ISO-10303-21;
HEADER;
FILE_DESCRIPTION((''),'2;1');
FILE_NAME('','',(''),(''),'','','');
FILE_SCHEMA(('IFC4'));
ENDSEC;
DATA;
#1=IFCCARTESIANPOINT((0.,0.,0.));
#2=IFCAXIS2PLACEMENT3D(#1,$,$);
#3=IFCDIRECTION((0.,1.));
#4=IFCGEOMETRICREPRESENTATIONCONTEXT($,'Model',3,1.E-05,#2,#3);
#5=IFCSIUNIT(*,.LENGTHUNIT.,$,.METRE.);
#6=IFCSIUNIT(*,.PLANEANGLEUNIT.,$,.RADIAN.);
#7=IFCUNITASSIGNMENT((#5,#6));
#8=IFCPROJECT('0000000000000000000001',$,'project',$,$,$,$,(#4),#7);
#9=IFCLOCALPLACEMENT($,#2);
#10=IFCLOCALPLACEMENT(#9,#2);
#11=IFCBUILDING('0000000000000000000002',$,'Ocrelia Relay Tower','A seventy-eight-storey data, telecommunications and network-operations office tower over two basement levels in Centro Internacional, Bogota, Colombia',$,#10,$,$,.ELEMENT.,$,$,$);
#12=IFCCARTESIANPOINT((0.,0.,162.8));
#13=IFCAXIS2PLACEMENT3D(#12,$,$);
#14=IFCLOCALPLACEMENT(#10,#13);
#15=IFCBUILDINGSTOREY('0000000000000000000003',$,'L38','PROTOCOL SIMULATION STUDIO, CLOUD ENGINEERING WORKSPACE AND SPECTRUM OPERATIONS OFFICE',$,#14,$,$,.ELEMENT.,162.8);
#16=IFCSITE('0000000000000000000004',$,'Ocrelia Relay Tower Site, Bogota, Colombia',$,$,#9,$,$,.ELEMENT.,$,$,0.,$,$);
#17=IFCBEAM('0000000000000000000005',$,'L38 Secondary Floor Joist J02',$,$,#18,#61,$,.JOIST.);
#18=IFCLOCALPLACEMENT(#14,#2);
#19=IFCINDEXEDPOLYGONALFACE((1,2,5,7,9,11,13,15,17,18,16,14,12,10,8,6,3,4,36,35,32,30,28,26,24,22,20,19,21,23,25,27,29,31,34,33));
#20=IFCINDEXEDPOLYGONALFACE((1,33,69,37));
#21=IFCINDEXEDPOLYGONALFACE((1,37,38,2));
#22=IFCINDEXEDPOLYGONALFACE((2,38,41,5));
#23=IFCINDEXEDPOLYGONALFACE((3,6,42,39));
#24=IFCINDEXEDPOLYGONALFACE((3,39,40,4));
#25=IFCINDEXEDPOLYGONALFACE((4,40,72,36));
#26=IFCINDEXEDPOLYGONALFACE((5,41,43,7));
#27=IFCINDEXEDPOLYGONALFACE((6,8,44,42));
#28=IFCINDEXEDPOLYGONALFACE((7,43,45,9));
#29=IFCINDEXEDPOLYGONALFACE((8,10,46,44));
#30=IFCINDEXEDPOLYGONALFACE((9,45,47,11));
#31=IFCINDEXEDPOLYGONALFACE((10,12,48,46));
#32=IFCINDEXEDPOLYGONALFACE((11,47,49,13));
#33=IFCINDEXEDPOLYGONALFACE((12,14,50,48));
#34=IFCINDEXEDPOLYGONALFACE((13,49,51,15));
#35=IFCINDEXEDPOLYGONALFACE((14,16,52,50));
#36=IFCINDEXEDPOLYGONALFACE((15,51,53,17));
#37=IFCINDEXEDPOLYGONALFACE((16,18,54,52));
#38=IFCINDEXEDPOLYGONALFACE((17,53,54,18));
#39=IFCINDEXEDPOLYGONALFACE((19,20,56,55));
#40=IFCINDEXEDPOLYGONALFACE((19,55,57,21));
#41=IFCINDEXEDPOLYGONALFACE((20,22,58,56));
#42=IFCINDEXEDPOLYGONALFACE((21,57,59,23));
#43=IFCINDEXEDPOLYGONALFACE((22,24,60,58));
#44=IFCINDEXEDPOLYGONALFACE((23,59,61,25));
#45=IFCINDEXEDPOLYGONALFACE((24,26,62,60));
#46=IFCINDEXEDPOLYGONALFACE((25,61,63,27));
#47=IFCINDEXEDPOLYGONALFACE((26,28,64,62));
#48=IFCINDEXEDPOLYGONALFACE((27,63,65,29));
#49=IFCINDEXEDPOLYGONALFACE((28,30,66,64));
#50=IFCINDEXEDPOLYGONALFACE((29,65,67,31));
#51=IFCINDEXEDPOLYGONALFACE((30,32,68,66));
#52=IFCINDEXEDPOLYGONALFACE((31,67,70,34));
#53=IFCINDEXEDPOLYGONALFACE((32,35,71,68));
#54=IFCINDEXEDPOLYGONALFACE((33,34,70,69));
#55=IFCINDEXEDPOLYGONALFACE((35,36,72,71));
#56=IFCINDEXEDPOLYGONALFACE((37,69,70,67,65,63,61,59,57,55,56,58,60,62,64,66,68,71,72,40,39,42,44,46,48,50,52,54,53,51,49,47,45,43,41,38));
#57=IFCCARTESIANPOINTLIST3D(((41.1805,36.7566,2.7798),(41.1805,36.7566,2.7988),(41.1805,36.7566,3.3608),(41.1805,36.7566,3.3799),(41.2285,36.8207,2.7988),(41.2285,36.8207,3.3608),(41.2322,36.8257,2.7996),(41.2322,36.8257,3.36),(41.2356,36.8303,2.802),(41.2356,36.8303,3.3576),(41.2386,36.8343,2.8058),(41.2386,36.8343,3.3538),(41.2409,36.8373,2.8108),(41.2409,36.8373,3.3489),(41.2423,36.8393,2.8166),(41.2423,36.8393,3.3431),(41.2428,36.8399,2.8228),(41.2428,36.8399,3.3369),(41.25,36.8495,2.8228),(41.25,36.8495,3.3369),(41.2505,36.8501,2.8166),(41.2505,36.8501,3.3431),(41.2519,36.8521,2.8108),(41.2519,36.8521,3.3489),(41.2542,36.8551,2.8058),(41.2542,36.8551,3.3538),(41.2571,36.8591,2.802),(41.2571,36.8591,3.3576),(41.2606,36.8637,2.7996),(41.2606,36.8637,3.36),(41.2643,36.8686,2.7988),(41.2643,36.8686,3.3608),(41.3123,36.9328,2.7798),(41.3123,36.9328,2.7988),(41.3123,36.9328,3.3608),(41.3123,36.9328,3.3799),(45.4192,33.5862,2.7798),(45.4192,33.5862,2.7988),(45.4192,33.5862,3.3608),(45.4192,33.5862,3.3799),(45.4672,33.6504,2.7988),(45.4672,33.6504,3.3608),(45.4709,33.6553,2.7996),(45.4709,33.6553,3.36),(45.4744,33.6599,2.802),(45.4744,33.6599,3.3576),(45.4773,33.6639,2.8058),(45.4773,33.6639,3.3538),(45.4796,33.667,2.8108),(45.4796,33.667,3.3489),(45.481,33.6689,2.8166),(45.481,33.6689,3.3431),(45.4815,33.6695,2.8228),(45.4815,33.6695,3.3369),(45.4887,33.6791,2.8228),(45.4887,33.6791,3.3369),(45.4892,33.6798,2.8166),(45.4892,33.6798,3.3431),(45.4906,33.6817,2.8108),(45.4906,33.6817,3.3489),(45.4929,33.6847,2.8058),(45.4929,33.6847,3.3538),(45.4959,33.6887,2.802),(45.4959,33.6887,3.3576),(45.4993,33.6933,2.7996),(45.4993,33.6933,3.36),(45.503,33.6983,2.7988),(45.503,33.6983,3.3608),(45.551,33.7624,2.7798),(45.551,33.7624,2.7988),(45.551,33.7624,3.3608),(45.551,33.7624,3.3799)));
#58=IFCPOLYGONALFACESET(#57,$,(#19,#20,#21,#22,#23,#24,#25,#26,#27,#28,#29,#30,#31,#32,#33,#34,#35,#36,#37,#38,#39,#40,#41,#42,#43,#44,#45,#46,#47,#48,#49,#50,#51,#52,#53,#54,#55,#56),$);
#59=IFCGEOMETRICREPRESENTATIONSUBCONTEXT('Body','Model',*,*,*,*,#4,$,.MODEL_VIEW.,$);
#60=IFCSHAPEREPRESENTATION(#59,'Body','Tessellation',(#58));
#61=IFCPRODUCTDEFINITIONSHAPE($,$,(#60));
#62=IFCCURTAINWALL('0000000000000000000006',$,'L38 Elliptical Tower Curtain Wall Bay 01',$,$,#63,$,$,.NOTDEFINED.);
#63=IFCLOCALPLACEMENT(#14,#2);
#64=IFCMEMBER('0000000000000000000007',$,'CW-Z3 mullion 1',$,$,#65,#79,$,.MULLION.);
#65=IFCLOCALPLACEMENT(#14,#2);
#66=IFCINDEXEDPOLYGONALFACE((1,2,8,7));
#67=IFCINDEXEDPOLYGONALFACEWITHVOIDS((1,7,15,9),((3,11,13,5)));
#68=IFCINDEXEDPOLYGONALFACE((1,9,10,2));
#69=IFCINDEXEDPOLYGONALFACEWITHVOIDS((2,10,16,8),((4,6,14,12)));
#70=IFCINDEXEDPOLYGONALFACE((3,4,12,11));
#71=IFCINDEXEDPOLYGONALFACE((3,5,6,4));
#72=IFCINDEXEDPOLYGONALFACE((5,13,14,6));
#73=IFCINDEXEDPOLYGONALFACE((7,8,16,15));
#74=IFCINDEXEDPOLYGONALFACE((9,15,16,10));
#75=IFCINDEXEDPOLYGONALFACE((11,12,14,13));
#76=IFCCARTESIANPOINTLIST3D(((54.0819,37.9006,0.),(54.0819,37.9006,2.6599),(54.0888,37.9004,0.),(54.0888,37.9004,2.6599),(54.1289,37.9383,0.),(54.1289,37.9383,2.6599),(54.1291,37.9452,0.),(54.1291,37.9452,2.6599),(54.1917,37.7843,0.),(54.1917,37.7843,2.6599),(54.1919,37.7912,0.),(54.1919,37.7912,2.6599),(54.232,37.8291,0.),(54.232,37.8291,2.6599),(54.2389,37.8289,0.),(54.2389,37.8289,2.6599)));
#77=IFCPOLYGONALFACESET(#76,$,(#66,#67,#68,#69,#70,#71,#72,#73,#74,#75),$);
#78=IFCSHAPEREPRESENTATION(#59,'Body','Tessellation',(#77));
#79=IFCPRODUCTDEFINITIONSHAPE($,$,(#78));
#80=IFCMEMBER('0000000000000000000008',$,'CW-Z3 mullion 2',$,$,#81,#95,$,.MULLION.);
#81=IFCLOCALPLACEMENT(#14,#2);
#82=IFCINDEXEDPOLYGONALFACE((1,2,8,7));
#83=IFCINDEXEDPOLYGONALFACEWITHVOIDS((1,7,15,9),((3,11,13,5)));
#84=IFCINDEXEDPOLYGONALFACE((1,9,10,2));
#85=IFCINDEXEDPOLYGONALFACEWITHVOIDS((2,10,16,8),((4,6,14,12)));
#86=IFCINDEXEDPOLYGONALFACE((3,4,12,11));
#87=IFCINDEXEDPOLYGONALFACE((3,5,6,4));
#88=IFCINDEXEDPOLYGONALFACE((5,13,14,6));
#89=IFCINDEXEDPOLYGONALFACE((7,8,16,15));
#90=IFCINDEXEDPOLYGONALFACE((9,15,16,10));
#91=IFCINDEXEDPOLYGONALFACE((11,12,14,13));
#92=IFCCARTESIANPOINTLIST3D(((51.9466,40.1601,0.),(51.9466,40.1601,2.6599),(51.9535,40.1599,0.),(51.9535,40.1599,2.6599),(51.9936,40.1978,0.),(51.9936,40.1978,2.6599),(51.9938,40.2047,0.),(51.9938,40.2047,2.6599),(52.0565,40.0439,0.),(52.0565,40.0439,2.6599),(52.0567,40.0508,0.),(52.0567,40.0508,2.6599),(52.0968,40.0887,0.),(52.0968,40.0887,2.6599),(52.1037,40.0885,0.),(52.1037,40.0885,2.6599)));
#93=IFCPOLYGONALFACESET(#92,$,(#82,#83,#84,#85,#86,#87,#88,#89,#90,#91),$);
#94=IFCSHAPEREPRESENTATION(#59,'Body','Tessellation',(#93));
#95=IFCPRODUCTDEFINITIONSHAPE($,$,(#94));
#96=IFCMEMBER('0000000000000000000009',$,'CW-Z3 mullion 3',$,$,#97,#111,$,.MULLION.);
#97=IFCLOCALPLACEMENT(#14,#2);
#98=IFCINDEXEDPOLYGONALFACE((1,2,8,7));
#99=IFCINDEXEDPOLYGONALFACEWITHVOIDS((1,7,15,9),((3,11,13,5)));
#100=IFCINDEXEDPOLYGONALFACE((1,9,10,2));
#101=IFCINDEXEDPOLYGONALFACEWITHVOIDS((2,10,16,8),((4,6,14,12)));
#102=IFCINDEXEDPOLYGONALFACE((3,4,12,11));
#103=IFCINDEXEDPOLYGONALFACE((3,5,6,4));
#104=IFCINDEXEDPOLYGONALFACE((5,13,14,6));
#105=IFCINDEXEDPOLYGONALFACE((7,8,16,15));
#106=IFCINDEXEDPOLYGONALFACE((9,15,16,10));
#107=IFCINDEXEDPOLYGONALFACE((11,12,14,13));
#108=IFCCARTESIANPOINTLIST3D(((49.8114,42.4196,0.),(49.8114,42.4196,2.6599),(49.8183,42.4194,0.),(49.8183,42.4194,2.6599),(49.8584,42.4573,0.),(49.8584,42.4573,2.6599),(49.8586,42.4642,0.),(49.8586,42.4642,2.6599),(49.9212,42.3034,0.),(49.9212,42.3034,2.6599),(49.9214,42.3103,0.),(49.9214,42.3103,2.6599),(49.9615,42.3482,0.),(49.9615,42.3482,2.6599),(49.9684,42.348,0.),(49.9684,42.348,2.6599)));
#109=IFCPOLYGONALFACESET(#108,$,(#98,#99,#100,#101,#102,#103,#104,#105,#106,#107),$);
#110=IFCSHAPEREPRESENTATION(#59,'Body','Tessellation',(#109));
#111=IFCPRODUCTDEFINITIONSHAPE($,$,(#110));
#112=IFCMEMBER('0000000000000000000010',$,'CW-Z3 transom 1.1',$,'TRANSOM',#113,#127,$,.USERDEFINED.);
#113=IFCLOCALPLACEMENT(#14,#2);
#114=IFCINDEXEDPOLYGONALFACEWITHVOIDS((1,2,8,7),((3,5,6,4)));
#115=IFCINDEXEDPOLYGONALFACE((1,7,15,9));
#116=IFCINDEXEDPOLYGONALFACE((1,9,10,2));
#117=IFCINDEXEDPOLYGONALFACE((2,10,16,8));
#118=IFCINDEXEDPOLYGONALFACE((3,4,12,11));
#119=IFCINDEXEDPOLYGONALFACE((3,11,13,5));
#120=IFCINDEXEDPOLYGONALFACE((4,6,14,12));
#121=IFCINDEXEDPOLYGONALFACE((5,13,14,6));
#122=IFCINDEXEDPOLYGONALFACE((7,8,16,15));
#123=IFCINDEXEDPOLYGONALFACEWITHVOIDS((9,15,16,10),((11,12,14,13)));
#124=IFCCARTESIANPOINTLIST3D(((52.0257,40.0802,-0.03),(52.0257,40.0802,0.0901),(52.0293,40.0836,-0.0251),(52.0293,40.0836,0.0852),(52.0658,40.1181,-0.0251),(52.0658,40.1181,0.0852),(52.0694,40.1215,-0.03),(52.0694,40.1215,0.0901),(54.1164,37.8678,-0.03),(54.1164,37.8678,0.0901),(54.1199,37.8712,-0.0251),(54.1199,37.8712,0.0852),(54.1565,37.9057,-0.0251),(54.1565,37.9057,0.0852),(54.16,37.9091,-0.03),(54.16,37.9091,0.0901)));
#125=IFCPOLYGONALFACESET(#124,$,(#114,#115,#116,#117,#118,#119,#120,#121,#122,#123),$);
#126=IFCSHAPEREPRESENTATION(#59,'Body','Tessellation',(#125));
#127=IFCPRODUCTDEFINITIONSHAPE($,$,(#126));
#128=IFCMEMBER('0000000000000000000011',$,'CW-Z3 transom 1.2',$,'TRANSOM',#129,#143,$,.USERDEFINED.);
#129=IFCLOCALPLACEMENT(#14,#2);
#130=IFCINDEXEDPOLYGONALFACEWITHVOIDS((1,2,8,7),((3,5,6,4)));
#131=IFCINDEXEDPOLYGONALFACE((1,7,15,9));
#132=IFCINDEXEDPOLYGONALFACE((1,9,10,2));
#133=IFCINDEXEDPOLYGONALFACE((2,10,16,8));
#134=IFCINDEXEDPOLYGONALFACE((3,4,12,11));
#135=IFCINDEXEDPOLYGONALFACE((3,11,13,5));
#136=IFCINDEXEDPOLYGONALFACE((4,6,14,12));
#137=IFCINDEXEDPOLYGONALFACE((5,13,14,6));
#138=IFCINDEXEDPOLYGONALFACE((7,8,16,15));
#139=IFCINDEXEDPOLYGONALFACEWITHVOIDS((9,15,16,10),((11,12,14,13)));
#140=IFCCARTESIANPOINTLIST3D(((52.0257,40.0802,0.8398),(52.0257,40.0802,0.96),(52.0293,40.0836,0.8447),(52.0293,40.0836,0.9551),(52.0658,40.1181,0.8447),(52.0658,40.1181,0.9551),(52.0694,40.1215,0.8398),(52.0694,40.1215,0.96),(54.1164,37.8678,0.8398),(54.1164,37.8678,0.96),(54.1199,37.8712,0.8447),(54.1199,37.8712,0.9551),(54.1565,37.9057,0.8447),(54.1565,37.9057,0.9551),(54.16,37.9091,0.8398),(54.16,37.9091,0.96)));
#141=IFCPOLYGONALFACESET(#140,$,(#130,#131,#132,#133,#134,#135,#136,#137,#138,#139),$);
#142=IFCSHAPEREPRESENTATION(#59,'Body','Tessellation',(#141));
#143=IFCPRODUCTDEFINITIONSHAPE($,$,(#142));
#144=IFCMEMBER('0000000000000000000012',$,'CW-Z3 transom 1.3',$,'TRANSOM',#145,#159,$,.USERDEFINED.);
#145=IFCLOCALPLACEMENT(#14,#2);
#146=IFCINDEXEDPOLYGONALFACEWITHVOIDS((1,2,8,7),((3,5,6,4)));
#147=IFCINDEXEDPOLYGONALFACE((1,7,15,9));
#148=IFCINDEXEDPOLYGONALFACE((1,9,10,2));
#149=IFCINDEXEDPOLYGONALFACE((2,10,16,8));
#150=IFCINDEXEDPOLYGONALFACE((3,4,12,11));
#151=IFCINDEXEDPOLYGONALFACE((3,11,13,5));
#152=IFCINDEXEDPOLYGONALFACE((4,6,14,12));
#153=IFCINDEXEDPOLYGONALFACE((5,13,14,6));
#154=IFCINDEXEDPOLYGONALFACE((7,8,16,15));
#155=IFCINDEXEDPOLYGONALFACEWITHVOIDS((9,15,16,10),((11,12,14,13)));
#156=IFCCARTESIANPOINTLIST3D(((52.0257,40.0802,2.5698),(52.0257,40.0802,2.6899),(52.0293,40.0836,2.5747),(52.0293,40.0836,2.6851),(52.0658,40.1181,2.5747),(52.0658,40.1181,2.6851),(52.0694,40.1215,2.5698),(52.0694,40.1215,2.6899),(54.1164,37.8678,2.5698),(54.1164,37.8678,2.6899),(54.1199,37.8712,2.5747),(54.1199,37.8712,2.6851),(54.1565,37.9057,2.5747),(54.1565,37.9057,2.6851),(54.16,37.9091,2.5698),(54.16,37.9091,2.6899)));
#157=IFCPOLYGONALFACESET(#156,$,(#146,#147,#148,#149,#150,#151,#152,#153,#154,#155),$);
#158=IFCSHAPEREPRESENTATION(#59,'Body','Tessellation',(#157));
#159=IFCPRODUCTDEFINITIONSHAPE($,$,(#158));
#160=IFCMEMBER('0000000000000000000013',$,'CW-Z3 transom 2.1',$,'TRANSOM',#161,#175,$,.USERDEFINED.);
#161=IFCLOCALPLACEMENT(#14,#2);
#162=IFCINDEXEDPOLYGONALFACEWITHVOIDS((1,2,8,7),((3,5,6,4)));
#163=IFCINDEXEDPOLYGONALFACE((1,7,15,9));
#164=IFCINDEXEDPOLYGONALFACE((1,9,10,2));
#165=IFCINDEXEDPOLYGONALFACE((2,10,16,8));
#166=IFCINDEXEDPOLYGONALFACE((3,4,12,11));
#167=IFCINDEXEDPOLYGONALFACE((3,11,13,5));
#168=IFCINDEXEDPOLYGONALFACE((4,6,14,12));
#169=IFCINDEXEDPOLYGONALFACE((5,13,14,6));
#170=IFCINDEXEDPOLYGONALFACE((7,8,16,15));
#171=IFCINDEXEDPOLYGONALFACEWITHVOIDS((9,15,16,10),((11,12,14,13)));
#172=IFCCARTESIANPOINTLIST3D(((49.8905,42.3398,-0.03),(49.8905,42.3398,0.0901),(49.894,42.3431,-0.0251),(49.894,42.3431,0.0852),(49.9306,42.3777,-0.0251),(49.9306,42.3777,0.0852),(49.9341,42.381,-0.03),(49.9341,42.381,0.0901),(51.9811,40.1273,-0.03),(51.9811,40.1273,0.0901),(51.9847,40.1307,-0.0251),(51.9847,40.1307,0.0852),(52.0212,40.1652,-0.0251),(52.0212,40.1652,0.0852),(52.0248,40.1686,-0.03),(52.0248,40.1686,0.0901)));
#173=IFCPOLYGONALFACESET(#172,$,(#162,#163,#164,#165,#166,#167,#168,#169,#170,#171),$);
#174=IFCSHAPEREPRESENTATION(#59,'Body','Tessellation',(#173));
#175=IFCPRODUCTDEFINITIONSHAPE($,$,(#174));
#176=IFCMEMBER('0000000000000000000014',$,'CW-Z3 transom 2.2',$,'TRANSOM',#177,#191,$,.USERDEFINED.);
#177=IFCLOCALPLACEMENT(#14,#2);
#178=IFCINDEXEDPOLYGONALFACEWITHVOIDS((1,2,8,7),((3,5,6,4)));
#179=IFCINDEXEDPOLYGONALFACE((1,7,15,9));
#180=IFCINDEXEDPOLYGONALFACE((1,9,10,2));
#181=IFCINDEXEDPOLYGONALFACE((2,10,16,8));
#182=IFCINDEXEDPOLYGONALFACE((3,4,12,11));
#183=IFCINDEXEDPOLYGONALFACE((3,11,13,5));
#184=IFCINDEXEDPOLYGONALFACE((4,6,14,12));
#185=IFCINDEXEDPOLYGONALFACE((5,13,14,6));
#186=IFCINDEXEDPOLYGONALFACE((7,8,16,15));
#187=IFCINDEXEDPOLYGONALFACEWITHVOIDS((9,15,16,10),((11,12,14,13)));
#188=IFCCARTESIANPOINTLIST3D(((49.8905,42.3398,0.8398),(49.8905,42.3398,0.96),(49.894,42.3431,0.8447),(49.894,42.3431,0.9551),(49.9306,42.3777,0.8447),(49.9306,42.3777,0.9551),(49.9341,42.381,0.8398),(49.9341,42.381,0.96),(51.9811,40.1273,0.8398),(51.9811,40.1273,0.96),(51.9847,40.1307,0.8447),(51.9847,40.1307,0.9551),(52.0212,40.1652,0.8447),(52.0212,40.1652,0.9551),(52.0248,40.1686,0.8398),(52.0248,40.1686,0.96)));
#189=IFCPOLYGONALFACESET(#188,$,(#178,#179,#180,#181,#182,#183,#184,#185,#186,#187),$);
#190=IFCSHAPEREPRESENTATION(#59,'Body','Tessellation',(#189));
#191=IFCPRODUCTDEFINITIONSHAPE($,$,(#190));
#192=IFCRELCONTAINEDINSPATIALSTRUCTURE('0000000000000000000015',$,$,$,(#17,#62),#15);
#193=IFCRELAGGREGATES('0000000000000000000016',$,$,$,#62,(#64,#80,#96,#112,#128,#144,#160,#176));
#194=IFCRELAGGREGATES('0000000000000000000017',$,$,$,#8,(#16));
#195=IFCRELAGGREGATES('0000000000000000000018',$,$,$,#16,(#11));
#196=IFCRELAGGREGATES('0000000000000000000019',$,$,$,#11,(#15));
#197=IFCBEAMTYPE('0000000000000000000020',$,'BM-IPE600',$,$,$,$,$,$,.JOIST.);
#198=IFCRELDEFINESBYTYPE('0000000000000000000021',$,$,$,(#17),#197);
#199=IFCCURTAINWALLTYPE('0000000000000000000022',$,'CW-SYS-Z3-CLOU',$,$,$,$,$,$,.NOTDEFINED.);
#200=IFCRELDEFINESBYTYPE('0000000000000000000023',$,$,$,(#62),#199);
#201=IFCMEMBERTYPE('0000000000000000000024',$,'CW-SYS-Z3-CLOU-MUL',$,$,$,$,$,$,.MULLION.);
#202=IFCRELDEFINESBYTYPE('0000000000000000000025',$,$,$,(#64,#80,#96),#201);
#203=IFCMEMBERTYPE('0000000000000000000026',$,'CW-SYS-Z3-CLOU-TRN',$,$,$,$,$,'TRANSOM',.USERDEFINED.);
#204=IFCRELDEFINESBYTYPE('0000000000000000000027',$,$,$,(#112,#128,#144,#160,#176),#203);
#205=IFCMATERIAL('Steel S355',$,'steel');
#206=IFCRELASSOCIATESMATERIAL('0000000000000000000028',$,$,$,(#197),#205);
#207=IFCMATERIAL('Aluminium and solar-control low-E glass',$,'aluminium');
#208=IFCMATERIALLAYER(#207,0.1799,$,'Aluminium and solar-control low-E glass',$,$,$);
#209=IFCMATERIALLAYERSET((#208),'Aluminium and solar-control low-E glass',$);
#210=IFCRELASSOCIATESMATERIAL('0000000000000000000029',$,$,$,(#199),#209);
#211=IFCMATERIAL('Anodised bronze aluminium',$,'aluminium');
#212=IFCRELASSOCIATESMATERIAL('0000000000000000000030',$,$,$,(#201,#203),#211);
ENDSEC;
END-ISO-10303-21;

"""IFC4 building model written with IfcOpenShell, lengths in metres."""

from ifc_helpers import new_model, si_unit, direction, frame, origin, origin_2d, place, context, subcontext, project, spatial, hollow_rectangle, i_section, extrude, material, layer, layer_set, material_profile, profile_set, type_object, element, aggregate, save


model = new_model("IFC4")

# Units and contexts
model_context = context("Model", 3, precision=1e-05, world=origin(), true_north=direction((0.0, 1.0)))
body_context = subcontext(model_context, "Body", "Model", "MODEL_VIEW")
ifc_project = project(units=[si_unit("LENGTHUNIT", "METRE"), si_unit("PLANEANGLEUNIT", "RADIAN")], contexts=[model_context])

# Site, building, storey
site_placement = place(None, origin())
site = spatial("IfcSite", under=ifc_project, at=site_placement, Name="Ocrelia Relay Tower Site, Bogota, Colombia", CompositionType="ELEMENT", RefElevation=0.0)
building_placement = place(site_placement, origin())
building = spatial("IfcBuilding", under=site, at=building_placement, Name="Ocrelia Relay Tower", Description="A seventy-eight-storey data, telecommunications and network-operations office tower over two basement levels in Centro Internacional, Bogota, Colombia", CompositionType="ELEMENT")
storey_placement = place(building_placement, frame((0.0, 0.0, 162.8)))
storey = spatial("IfcBuildingStorey", under=building, at=storey_placement, Name="L38", Description="PROTOCOL SIMULATION STUDIO, CLOUD ENGINEERING WORKSPACE AND SPECTRUM OPERATIONS OFFICE", CompositionType="ELEMENT", Elevation=162.8)

# Beam
ifc_material_1 = material(Name="Steel S355", Category="steel")
ifc_material_profile_1 = material_profile(ifc_material_1, i_section(OverallWidth=0.22, OverallDepth=0.6001, WebThickness=0.012, FlangeThickness=0.019, FilletRadius=0.0239, at=origin_2d()), Name="IPE 600")
ifc_profile_set_1 = profile_set([ifc_material_profile_1], Name="Steel S355")
beam_type_1 = type_object("IfcBeamType", Name="BM-IPE600", PredefinedType="JOIST", material=ifc_profile_set_1)
beam_1_placement = place(storey_placement, frame((45.4851, 33.6743, 3.0798), z_axis=(-0.800785, 0.598952, 0.0), x_axis=(-0.598952, -0.800785, 0.0)))
element("IfcBeam", 1, at=beam_1_placement, inside=storey, type_object=beam_type_1, Name="L38 Secondary Floor Joist J02", PredefinedType="JOIST", context=body_context, shape_type="SweptSolid", body=[
    extrude(i_section(OverallWidth=0.22, OverallDepth=0.6001, WebThickness=0.012, FlangeThickness=0.019, FilletRadius=0.0239, at=origin_2d()), origin(), (0.0, 0.0, 1.0), 5.2932),
])

# Curtain wall, members
ifc_material_2 = material(Name="Aluminium and solar-control low-E glass", Category="aluminium")
ifc_layer_1 = layer(ifc_material_2, 0.1799, Name="Aluminium and solar-control low-E glass")
ifc_layer_set_1 = layer_set([ifc_layer_1], Name="Aluminium and solar-control low-E glass")
curtain_wall_type = type_object("IfcCurtainWallType", Name="CW-SYS-Z3-CLOU", PredefinedType="NOTDEFINED", material=ifc_layer_set_1)
curtain_wall_placement = place(storey_placement, origin())
curtain_wall = element("IfcCurtainWall", 2, at=curtain_wall_placement, inside=storey, type_object=curtain_wall_type, Name="L38 Elliptical Tower Curtain Wall Bay 01", PredefinedType="NOTDEFINED")
ifc_material_3 = material(Name="Anodised bronze aluminium", Category="aluminium")
ifc_material_profile_2 = material_profile(ifc_material_3, hollow_rectangle(XDim=0.0649, YDim=0.1599, WallThickness=0.0049, at=origin_2d()), Name="CW-MUL-160x65")
ifc_profile_set_2 = profile_set([ifc_material_profile_2], Name="Anodised bronze aluminium")
member_type_1 = type_object("IfcMemberType", Name="CW-SYS-Z3-CLOU-MUL", PredefinedType="MULLION", material=ifc_profile_set_2)
member_1_placement = place(storey_placement, frame((54.1604, 37.8647, 0.0), z_axis=(0.0, 0.0, 1.0), x_axis=(-0.726808, -0.686841, 0.0)))
member_1 = element("IfcMember", 3, at=member_1_placement, type_object=member_type_1, Name="CW-Z3 mullion 1", PredefinedType="MULLION", context=body_context, shape_type="SweptSolid", body=[
    extrude(hollow_rectangle(XDim=0.0649, YDim=0.1599, WallThickness=0.0049, at=origin_2d()), origin(), (0.0, 0.0, 1.0), 2.6599),
])
member_2_placement = place(storey_placement, frame((52.0251, 40.1243, 0.0), z_axis=(0.0, 0.0, 1.0), x_axis=(-0.726808, -0.686841, 0.0)))
member_2 = element("IfcMember", 4, at=member_2_placement, type_object=member_type_1, Name="CW-Z3 mullion 2", PredefinedType="MULLION", context=body_context, shape_type="SweptSolid", body=[
    extrude(hollow_rectangle(XDim=0.0649, YDim=0.1599, WallThickness=0.0049, at=origin_2d()), origin(), (0.0, 0.0, 1.0), 2.6599),
])
member_3_placement = place(storey_placement, frame((49.8899, 42.3838, 0.0), z_axis=(0.0, 0.0, 1.0), x_axis=(-0.726808, -0.686841, 0.0)))
member_3 = element("IfcMember", 5, at=member_3_placement, type_object=member_type_1, Name="CW-Z3 mullion 3", PredefinedType="MULLION", context=body_context, shape_type="SweptSolid", body=[
    extrude(hollow_rectangle(XDim=0.0649, YDim=0.1599, WallThickness=0.0049, at=origin_2d()), origin(), (0.0, 0.0, 1.0), 2.6599),
])
ifc_material_profile_3 = material_profile(ifc_material_3, hollow_rectangle(XDim=0.0601, YDim=0.1201, WallThickness=0.0049, at=origin_2d()), Name="CW-TRN-120x60")
ifc_profile_set_3 = profile_set([ifc_material_profile_3], Name="Anodised bronze aluminium")
member_type_2 = type_object("IfcMemberType", Name="CW-SYS-Z3-CLOU-TRN", ElementType="TRANSOM", PredefinedType="USERDEFINED", material=ifc_profile_set_3)
member_4_placement = place(storey_placement, frame((54.1382, 37.8884, 0.03), z_axis=(-0.686812, 0.726835, 0.0), x_axis=(-0.726835, -0.686812, 0.0)))
member_4 = element("IfcMember", 6, at=member_4_placement, type_object=member_type_2, Name="CW-Z3 transom 1.1", ObjectType="TRANSOM", PredefinedType="USERDEFINED", context=body_context, shape_type="SweptSolid", body=[
    extrude(hollow_rectangle(XDim=0.0601, YDim=0.1201, WallThickness=0.0049, at=origin_2d()), origin(), (0.0, 0.0, 1.0), 3.0439),
])
member_5_placement = place(storey_placement, frame((54.1382, 37.8884, 0.8999), z_axis=(-0.686812, 0.726835, 0.0), x_axis=(-0.726835, -0.686812, 0.0)))
member_5 = element("IfcMember", 7, at=member_5_placement, type_object=member_type_2, Name="CW-Z3 transom 1.2", ObjectType="TRANSOM", PredefinedType="USERDEFINED", context=body_context, shape_type="SweptSolid", body=[
    extrude(hollow_rectangle(XDim=0.0601, YDim=0.1201, WallThickness=0.0049, at=origin_2d()), origin(), (0.0, 0.0, 1.0), 3.0439),
])
member_6_placement = place(storey_placement, frame((54.1382, 37.8884, 2.6299), z_axis=(-0.686812, 0.726835, 0.0), x_axis=(-0.726835, -0.686812, 0.0)))
member_6 = element("IfcMember", 8, at=member_6_placement, type_object=member_type_2, Name="CW-Z3 transom 1.3", ObjectType="TRANSOM", PredefinedType="USERDEFINED", context=body_context, shape_type="SweptSolid", body=[
    extrude(hollow_rectangle(XDim=0.0601, YDim=0.1201, WallThickness=0.0049, at=origin_2d()), origin(), (0.0, 0.0, 1.0), 3.0439),
])
member_7_placement = place(storey_placement, frame((52.0029, 40.1479, 0.03), z_axis=(-0.686812, 0.726835, 0.0), x_axis=(-0.726835, -0.686812, 0.0)))
member_7 = element("IfcMember", 9, at=member_7_placement, type_object=member_type_2, Name="CW-Z3 transom 2.1", ObjectType="TRANSOM", PredefinedType="USERDEFINED", context=body_context, shape_type="SweptSolid", body=[
    extrude(hollow_rectangle(XDim=0.0601, YDim=0.1201, WallThickness=0.0049, at=origin_2d()), origin(), (0.0, 0.0, 1.0), 3.0439),
])
member_8_placement = place(storey_placement, frame((52.0029, 40.1479, 0.8999), z_axis=(-0.686812, 0.726835, 0.0), x_axis=(-0.726835, -0.686812, 0.0)))
member_8 = element("IfcMember", 10, at=member_8_placement, type_object=member_type_2, Name="CW-Z3 transom 2.2", ObjectType="TRANSOM", PredefinedType="USERDEFINED", context=body_context, shape_type="SweptSolid", body=[
    extrude(hollow_rectangle(XDim=0.0601, YDim=0.1201, WallThickness=0.0049, at=origin_2d()), origin(), (0.0, 0.0, 1.0), 3.0439),
])
aggregate(curtain_wall, [member_1, member_2, member_3, member_4, member_5, member_6, member_7, member_8])

save(model, "model.ifc")
